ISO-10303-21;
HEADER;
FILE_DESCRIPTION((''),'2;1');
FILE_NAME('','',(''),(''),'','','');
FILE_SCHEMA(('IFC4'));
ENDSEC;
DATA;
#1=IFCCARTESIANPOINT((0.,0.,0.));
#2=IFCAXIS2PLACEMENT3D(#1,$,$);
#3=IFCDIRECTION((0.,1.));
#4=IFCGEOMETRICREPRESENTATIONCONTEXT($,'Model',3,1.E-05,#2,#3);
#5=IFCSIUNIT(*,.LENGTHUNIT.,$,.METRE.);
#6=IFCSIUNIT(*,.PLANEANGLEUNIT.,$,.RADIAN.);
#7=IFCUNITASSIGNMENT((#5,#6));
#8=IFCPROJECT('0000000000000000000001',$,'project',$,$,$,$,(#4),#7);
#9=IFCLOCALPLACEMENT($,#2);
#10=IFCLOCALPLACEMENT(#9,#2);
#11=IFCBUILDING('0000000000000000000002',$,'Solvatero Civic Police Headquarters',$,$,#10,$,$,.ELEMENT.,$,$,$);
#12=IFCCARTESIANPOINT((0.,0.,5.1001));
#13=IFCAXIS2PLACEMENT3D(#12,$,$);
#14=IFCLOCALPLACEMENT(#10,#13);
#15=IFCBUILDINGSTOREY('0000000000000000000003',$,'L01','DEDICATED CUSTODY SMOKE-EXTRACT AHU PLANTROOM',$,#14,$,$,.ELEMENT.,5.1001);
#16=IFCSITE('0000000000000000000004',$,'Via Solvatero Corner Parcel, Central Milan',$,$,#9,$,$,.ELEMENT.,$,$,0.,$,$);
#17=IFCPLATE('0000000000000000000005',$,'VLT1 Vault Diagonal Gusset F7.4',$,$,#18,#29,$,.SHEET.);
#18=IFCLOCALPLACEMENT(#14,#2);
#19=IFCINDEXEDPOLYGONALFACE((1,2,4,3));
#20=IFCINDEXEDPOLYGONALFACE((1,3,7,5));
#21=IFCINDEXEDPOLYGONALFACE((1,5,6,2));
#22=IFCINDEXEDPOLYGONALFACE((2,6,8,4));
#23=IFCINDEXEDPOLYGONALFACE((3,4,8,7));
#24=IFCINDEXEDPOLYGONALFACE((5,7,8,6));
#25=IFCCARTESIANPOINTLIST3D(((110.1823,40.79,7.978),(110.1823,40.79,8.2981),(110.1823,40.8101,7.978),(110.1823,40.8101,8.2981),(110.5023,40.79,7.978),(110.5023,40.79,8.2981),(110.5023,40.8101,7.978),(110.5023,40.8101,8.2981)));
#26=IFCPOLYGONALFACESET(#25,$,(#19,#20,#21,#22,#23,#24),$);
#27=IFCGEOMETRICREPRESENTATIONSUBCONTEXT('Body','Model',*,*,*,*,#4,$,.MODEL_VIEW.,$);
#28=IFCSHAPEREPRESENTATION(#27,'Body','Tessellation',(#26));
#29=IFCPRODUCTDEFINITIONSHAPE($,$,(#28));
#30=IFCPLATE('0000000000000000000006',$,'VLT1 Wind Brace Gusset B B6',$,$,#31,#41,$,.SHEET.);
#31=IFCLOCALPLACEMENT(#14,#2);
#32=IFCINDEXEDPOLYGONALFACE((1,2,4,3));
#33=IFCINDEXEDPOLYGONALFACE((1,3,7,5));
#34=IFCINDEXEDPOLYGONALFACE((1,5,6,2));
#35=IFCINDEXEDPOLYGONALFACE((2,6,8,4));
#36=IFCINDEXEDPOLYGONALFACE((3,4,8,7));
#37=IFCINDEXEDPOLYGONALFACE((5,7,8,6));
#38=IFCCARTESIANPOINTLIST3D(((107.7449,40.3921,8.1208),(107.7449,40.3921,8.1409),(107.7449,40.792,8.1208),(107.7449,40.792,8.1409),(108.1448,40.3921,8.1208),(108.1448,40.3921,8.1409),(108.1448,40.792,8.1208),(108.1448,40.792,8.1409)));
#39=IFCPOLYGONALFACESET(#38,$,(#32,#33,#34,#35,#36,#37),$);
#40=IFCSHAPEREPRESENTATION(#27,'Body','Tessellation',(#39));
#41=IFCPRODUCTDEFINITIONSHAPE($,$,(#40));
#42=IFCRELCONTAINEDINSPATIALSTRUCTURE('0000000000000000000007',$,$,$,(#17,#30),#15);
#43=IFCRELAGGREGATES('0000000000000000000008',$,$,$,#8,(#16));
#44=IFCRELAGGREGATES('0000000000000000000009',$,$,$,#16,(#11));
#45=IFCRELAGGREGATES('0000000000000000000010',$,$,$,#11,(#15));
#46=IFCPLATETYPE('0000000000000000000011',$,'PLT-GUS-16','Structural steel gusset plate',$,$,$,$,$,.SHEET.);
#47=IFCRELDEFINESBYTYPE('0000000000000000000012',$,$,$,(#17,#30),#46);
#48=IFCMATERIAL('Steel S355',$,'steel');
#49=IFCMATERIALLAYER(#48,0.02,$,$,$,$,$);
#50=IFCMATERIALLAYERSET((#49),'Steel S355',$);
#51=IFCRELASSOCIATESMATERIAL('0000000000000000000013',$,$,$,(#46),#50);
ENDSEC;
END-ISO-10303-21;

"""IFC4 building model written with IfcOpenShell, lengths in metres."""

from ifc_helpers import new_model, si_unit, direction, frame, origin, origin_2d, place, context, subcontext, project, spatial, rectangle, extrude, material, layer, layer_set, type_object, element, save


model = new_model("IFC4")

# Units and contexts
model_context = context("Model", 3, precision=1e-05, world=origin(), true_north=direction((0.0, 1.0)))
body_context = subcontext(model_context, "Body", "Model", "MODEL_VIEW")
ifc_project = project(units=[si_unit("LENGTHUNIT", "METRE"), si_unit("PLANEANGLEUNIT", "RADIAN")], contexts=[model_context])

# Site, building, storey
site_placement = place(None, origin())
site = spatial("IfcSite", under=ifc_project, at=site_placement, Name="Via Solvatero Corner Parcel, Central Milan", CompositionType="ELEMENT", RefElevation=0.0)
building_placement = place(site_placement, origin())
building = spatial("IfcBuilding", under=site, at=building_placement, Name="Solvatero Civic Police Headquarters", CompositionType="ELEMENT")
storey_placement = place(building_placement, frame((0.0, 0.0, 5.1001)))
storey = spatial("IfcBuildingStorey", under=building, at=storey_placement, Name="L01", Description="DEDICATED CUSTODY SMOKE-EXTRACT AHU PLANTROOM", CompositionType="ELEMENT", Elevation=5.1001)

# Shared definitions
ifc_material = material(Name="Steel S355", Category="steel")

# Plates
ifc_layer = layer(ifc_material, 0.02)
ifc_layer_set = layer_set([ifc_layer], Name="Steel S355")
plate_type = type_object("IfcPlateType", Name="PLT-GUS-16", Description="Structural steel gusset plate", PredefinedType="SHEET", material=ifc_layer_set)
for number, where, z_axis, x_axis, name in (
    (1, (110.3423, 40.8, 7.978), (0.0, 0.0, 1.0), (1.0, 0.0, 0.0), "VLT1 Vault Diagonal Gusset F7.4"),
):
    element("IfcPlate", number, at=place(storey_placement, frame(where, z_axis=z_axis, x_axis=x_axis)), inside=storey, type_object=plate_type, Name=name, PredefinedType="SHEET", context=body_context, shape_type="SweptSolid", body=[
        extrude(rectangle(XDim=0.3201, YDim=0.02, at=origin_2d()), origin(), (0.0, 0.0, 1.0), 0.3201),
    ])
plate_placement = place(storey_placement, frame((107.9448, 40.592, 8.1208), z_axis=(0.0, 0.0, 1.0), x_axis=(1.0, 0.0, 0.0)))
element("IfcPlate", 2, at=plate_placement, inside=storey, type_object=plate_type, Name="VLT1 Wind Brace Gusset B B6", PredefinedType="SHEET", context=body_context, shape_type="SweptSolid", body=[
    extrude(rectangle(XDim=0.3999, YDim=0.3999, at=origin_2d()), origin(), (0.0, 0.0, 1.0), 0.02),
])

save(model, "model.ifc")
